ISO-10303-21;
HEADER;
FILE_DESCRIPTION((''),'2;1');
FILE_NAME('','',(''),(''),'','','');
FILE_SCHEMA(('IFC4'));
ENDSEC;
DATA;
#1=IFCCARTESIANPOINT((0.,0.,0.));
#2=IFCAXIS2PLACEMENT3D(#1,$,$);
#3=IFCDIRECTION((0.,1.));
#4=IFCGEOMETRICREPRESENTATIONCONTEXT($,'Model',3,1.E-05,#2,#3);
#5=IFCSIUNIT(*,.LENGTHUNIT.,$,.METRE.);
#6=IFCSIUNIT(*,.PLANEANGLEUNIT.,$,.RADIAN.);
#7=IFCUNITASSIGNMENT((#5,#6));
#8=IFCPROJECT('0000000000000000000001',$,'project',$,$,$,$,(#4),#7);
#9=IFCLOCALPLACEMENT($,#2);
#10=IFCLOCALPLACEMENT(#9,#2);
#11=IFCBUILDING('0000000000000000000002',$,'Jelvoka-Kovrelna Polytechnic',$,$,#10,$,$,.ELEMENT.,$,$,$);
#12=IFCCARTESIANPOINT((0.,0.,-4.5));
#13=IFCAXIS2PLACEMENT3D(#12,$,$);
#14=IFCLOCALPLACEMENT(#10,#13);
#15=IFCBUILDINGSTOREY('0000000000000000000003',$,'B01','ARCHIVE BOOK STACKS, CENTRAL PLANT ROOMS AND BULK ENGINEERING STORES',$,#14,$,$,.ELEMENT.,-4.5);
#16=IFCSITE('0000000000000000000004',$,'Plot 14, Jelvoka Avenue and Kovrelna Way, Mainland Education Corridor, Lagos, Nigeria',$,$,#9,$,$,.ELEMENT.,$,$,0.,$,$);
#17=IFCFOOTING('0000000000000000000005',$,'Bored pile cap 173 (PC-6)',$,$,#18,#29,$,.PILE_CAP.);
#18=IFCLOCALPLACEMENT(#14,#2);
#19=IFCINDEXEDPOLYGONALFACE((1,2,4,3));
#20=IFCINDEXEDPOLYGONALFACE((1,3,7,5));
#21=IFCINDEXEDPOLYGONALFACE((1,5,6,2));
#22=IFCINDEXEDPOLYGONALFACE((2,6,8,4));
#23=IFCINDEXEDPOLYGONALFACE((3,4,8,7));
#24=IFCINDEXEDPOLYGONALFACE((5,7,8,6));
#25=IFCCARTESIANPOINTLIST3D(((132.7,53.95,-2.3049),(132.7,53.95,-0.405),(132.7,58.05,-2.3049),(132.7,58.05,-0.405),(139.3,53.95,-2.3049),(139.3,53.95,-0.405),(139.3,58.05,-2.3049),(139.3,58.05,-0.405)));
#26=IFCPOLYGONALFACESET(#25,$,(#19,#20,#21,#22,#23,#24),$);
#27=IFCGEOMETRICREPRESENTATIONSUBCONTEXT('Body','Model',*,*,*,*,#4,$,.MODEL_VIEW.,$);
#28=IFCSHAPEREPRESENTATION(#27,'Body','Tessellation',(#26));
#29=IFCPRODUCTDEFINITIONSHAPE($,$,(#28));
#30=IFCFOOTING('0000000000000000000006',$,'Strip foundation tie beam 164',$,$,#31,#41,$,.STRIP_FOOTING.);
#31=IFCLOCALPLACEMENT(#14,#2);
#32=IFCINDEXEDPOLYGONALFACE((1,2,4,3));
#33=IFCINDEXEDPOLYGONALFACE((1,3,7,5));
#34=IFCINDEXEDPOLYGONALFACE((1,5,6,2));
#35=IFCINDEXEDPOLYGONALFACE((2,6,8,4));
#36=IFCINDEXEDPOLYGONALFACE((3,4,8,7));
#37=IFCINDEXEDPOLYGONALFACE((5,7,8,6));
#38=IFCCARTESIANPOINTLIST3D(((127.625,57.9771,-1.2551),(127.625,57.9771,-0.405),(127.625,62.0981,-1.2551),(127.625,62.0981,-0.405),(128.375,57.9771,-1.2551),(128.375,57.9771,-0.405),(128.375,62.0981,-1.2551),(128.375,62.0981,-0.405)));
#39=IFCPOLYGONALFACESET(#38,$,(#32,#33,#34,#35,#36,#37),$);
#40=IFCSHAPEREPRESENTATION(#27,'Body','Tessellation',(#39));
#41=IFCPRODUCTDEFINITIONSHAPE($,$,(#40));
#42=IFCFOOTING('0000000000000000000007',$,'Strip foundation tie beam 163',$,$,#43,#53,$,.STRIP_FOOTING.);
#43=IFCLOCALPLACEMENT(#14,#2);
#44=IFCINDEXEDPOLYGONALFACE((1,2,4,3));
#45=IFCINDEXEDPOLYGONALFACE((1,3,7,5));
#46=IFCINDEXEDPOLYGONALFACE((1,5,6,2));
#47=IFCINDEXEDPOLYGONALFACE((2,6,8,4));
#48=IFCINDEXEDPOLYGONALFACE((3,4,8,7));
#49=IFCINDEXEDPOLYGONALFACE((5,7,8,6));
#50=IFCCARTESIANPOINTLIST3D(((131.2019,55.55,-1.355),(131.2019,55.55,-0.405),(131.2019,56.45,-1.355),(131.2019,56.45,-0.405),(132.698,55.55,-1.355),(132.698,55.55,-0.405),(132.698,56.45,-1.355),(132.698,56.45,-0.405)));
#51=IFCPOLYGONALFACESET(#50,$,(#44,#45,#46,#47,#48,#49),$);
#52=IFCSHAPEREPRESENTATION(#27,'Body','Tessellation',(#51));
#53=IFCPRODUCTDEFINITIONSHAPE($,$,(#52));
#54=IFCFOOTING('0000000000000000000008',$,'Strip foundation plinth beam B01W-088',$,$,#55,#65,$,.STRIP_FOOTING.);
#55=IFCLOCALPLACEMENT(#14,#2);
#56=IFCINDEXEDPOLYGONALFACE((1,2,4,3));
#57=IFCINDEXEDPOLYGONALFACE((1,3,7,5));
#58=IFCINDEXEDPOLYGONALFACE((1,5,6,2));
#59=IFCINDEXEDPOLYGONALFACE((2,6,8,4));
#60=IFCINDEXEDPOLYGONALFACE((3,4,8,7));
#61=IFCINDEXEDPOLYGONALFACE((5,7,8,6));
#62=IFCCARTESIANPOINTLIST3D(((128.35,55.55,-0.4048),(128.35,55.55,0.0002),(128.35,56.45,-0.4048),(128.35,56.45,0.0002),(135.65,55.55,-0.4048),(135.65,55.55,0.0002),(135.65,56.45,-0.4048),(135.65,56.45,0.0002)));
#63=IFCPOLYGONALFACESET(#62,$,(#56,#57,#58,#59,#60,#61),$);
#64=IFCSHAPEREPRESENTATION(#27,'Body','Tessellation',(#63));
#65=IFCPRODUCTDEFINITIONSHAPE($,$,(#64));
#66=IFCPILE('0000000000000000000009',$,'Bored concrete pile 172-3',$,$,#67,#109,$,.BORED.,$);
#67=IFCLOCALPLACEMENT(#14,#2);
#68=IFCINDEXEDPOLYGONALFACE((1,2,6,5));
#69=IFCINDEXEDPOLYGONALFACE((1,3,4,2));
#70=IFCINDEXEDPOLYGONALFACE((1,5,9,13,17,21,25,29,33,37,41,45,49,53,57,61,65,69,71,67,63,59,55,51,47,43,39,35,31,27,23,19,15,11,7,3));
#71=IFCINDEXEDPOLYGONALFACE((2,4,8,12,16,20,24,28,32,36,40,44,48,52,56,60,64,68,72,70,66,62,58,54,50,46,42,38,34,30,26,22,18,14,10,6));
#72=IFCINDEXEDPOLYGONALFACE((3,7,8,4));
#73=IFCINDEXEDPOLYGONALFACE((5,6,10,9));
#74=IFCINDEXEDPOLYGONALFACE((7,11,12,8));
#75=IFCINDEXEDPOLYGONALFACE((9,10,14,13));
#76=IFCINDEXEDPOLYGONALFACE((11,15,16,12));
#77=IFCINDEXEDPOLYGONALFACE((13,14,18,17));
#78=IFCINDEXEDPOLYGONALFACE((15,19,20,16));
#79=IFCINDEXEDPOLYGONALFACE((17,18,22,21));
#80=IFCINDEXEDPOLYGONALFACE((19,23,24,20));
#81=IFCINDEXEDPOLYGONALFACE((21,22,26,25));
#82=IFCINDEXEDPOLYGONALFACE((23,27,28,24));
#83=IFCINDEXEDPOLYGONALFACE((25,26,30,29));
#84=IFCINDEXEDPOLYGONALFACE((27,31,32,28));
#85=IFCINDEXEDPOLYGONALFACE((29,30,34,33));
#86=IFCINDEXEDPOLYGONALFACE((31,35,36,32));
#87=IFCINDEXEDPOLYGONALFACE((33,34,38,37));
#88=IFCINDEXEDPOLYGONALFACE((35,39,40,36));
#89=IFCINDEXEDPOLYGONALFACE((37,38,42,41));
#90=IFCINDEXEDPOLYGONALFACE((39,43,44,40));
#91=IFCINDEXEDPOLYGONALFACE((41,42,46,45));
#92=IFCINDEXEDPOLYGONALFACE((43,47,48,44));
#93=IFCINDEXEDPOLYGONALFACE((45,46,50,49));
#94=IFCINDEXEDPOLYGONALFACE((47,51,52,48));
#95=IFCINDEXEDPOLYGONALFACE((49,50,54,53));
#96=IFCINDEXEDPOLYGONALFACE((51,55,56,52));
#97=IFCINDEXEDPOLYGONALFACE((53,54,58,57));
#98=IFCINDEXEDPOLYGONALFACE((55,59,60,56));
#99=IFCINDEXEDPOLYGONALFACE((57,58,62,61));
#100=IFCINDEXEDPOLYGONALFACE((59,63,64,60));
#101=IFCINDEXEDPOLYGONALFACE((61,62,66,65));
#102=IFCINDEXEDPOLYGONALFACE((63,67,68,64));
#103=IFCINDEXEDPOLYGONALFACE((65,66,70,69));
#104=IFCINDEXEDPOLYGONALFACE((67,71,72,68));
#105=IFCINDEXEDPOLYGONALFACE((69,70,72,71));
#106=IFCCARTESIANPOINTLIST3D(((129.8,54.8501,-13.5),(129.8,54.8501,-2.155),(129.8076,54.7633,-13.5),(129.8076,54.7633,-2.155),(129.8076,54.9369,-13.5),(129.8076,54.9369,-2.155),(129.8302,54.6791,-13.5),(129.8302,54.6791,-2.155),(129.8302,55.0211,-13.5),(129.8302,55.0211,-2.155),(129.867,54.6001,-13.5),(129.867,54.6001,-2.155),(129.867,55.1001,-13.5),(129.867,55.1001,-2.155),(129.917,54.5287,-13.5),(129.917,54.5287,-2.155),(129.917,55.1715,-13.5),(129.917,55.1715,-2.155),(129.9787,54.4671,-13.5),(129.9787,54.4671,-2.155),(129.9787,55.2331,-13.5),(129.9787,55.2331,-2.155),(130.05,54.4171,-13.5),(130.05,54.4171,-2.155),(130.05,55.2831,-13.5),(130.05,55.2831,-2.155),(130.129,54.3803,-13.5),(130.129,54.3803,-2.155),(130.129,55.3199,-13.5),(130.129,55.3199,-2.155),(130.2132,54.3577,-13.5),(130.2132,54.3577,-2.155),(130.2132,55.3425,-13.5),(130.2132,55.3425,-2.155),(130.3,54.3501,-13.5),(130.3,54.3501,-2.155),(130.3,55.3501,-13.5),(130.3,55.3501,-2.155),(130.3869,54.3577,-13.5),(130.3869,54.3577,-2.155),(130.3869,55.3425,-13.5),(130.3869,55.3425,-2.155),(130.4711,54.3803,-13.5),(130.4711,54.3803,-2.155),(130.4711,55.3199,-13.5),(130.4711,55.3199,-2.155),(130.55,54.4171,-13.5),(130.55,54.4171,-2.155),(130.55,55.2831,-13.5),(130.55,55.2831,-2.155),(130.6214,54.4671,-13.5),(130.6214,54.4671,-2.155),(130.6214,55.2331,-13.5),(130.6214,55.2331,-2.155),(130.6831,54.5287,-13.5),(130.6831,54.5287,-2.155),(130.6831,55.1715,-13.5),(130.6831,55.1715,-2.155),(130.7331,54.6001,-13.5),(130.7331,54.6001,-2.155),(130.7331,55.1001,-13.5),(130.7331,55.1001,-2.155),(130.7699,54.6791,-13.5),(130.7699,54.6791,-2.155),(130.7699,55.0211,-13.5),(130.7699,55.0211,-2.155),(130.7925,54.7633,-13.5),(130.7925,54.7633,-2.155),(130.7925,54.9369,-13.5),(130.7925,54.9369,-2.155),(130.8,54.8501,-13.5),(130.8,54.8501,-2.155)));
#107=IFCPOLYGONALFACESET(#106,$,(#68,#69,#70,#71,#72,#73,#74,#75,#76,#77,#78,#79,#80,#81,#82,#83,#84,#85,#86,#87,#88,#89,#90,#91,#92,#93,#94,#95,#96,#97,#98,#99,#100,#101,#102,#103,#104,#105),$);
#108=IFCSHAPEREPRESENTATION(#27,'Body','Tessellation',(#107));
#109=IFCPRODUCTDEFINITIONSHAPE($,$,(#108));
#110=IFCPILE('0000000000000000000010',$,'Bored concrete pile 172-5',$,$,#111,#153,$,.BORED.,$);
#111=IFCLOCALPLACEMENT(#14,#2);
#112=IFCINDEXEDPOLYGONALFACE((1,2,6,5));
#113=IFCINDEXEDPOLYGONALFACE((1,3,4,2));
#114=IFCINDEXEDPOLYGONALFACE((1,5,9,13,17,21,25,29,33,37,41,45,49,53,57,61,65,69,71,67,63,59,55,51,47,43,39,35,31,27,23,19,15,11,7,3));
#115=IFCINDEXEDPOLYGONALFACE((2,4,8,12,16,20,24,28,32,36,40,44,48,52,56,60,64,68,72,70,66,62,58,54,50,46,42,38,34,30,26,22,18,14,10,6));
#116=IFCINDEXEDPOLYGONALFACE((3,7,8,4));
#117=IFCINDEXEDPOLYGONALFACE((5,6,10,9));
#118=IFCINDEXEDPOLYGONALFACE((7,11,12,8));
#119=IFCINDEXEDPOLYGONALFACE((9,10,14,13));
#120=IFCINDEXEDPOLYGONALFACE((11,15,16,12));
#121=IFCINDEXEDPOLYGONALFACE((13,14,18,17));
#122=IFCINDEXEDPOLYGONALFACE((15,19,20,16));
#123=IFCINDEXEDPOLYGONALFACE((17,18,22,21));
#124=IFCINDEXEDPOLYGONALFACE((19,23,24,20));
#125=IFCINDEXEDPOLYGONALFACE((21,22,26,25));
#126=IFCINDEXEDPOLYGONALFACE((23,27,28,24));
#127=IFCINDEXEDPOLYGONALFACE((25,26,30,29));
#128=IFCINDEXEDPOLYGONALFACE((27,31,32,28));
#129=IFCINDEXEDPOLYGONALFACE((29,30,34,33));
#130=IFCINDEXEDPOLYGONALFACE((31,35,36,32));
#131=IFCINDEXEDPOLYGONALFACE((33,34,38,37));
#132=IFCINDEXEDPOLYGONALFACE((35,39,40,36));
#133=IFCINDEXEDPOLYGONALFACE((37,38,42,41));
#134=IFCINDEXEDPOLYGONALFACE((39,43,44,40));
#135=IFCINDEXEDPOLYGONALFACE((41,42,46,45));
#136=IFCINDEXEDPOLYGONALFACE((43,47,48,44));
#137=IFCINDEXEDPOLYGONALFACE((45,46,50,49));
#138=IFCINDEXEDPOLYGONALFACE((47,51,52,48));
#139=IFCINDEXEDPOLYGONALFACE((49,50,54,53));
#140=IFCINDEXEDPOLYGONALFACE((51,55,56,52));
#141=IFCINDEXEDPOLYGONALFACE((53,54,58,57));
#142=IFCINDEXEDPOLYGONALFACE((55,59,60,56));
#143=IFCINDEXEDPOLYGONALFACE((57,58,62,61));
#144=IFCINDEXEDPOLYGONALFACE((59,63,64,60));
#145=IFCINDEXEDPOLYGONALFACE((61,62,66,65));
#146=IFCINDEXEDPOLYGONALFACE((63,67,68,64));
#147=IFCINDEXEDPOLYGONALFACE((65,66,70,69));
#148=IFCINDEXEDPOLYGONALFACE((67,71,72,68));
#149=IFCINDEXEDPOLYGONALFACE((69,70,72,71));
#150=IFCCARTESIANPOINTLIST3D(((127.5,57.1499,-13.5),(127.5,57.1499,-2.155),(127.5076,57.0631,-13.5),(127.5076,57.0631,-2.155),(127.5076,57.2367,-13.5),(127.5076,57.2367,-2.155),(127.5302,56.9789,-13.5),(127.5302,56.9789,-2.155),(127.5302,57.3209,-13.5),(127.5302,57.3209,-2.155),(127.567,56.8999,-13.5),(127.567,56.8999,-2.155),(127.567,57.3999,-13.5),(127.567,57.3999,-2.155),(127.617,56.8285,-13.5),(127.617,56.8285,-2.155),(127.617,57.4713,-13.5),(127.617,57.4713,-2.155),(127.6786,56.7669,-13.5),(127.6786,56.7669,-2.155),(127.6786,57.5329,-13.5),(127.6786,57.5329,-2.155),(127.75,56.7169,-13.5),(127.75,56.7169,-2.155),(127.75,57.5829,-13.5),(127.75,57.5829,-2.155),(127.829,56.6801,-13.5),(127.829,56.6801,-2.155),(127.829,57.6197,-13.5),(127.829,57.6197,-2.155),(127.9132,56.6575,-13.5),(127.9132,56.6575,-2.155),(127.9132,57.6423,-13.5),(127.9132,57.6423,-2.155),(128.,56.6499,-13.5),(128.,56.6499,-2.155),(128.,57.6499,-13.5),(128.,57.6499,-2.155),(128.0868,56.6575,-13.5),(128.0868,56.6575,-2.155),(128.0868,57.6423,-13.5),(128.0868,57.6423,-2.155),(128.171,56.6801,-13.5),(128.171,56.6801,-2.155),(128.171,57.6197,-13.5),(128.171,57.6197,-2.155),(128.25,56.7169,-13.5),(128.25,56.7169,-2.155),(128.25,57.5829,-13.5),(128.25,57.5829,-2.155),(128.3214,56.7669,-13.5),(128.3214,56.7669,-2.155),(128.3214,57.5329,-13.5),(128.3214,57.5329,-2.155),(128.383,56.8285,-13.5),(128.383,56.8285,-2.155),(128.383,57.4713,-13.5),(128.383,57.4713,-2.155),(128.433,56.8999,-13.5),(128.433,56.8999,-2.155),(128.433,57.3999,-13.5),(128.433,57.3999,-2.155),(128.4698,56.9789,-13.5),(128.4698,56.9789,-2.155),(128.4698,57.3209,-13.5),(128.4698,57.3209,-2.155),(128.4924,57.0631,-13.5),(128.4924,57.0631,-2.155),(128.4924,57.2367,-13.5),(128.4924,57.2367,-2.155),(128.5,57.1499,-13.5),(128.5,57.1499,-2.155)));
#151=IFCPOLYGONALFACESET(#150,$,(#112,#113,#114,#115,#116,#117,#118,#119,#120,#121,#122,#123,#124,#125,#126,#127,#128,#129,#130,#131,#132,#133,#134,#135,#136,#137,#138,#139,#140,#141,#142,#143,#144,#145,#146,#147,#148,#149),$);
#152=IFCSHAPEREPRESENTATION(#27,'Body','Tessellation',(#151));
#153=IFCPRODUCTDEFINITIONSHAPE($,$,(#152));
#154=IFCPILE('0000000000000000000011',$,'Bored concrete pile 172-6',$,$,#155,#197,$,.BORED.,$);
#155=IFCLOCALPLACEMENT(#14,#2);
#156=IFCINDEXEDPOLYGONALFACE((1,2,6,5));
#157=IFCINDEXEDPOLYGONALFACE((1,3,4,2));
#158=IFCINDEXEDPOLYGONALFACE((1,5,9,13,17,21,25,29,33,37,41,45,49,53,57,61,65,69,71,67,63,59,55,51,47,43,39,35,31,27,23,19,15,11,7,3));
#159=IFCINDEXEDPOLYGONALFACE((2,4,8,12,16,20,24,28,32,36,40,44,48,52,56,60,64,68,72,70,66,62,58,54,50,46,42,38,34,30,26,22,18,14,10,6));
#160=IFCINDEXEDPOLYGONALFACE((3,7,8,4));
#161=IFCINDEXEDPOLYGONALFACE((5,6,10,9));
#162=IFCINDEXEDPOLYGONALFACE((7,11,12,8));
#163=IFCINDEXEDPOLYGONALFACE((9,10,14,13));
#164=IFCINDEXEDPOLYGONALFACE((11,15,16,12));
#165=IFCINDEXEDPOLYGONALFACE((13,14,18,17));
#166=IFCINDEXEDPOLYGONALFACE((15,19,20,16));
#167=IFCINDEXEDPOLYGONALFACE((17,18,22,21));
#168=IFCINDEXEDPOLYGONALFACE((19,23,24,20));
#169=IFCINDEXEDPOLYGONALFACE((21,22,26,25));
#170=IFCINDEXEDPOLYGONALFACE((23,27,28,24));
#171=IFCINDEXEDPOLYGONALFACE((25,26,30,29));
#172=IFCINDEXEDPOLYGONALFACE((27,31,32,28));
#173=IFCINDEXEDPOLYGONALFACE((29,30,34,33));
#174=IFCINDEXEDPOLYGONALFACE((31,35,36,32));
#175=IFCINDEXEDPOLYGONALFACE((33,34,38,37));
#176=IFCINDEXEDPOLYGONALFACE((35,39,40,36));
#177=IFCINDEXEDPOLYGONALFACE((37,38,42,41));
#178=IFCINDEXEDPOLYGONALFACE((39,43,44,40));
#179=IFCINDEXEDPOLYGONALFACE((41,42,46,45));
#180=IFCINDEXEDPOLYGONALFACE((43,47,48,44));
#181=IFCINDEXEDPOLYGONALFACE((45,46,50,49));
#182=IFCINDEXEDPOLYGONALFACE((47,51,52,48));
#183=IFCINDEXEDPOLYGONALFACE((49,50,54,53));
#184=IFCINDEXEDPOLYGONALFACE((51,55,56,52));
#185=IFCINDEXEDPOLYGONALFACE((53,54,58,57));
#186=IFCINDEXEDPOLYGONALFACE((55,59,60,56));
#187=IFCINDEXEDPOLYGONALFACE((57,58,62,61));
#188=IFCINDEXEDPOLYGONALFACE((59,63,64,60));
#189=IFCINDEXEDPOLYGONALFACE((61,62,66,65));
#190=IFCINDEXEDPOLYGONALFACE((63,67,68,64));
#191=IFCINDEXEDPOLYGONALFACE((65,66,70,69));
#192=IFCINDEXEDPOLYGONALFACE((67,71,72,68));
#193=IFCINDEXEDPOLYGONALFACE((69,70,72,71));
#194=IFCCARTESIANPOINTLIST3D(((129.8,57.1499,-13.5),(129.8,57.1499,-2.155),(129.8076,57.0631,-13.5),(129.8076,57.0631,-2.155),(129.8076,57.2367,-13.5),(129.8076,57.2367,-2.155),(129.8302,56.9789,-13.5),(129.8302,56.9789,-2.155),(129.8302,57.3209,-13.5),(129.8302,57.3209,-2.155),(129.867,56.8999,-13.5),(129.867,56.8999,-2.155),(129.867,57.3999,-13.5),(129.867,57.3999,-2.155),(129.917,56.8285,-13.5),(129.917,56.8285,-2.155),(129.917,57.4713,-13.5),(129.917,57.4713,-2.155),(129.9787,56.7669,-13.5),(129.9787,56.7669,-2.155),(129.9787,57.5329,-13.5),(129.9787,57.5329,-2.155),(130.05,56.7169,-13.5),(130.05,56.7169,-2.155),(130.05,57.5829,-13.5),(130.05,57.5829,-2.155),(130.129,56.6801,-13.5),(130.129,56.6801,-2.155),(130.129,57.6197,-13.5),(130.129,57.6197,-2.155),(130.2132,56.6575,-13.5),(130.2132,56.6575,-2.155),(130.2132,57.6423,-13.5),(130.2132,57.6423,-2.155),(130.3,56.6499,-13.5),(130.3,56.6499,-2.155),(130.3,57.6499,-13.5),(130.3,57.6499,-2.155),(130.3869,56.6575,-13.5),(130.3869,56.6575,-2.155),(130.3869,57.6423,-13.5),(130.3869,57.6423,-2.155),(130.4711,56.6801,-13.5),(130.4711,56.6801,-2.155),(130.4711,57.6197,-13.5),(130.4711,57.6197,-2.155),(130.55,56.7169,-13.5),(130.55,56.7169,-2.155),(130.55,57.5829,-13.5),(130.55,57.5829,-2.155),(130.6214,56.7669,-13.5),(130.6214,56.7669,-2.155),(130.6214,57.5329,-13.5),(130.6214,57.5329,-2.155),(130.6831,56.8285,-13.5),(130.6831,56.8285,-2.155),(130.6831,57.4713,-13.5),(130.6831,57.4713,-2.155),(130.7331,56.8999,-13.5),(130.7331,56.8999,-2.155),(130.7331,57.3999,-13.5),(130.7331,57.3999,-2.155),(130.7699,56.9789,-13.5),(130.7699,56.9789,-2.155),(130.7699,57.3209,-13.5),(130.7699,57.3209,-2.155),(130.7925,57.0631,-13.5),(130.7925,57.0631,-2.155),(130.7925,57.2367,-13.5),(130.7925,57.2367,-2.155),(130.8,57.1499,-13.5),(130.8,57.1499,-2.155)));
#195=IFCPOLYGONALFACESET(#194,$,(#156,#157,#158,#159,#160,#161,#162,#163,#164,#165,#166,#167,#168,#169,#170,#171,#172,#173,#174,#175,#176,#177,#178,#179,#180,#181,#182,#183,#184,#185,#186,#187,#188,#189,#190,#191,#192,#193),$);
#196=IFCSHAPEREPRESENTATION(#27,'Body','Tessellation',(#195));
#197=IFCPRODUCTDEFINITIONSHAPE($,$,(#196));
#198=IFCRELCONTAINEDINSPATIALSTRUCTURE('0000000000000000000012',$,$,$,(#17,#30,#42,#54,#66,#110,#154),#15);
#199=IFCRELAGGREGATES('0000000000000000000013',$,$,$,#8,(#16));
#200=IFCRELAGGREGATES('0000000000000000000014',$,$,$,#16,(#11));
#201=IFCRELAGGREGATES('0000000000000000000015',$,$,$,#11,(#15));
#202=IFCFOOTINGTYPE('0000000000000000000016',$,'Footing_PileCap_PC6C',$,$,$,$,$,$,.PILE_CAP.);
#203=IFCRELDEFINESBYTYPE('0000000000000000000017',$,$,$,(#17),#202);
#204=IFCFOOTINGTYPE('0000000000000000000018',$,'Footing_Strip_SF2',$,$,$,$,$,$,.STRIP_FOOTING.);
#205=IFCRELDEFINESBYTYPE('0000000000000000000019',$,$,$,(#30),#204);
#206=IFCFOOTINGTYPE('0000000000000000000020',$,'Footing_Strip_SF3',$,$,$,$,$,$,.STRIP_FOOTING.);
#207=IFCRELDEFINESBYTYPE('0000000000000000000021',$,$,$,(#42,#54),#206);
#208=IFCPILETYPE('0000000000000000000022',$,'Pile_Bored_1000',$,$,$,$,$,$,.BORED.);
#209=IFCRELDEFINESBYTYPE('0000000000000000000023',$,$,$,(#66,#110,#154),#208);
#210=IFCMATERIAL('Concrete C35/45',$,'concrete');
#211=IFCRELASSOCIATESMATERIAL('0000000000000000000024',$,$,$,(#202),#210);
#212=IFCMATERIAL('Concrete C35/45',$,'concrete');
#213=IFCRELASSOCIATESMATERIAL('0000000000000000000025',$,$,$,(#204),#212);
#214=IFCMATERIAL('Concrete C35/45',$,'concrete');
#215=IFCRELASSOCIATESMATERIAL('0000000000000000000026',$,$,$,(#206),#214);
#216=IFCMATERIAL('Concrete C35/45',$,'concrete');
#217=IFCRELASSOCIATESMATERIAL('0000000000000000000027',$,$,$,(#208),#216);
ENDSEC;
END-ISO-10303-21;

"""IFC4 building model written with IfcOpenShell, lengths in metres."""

from ifc_helpers import new_model, si_unit, direction, frame, origin, origin_2d, place, context, subcontext, project, spatial, rectangle, circle, extrude, material, material_profile, profile_set, type_object, element, save


model = new_model("IFC4")

# Units and contexts
model_context = context("Model", 3, precision=1e-05, world=origin(), true_north=direction((0.0, 1.0)))
body_context = subcontext(model_context, "Body", "Model", "MODEL_VIEW")
ifc_project = project(units=[si_unit("LENGTHUNIT", "METRE"), si_unit("PLANEANGLEUNIT", "RADIAN")], contexts=[model_context])

# Site, building, storey
site_placement = place(None, origin())
site = spatial("IfcSite", under=ifc_project, at=site_placement, Name="Plot 14, Jelvoka Avenue and Kovrelna Way, Mainland Education Corridor, Lagos, Nigeria", CompositionType="ELEMENT", RefElevation=0.0)
building_placement = place(site_placement, origin())
building = spatial("IfcBuilding", under=site, at=building_placement, Name="Jelvoka-Kovrelna Polytechnic", CompositionType="ELEMENT")
storey_placement = place(building_placement, frame((0.0, 0.0, -4.5)))
storey = spatial("IfcBuildingStorey", under=building, at=storey_placement, Name="B01", Description="ARCHIVE BOOK STACKS, CENTRAL PLANT ROOMS AND BULK ENGINEERING STORES", CompositionType="ELEMENT", Elevation=-4.5)

# Footings
ifc_material_1 = material(Name="Concrete C35/45", Category="concrete")
footing_type_1 = type_object("IfcFootingType", Name="Footing_PileCap_PC6C", PredefinedType="PILE_CAP", material=ifc_material_1)
footing_1_placement = place(storey_placement, frame((136.0, 56.0, -2.3049), z_axis=(0.0, 0.0, 1.0), x_axis=(1.0, 0.0, 0.0)))
element("IfcFooting", 1, at=footing_1_placement, inside=storey, type_object=footing_type_1, Name="Bored pile cap 173 (PC-6)", PredefinedType="PILE_CAP", context=body_context, shape_type="SweptSolid", body=[
    extrude(rectangle(XDim=6.6001, YDim=4.1001, at=origin_2d()), origin(), (0.0, 0.0, 1.0), 1.8999),
])
ifc_material_2 = material(Name="Concrete C35/45", Category="concrete")
footing_type_2 = type_object("IfcFootingType", Name="Footing_Strip_SF2", PredefinedType="STRIP_FOOTING", material=ifc_material_2)
footing_2_placement = place(storey_placement, frame((128.0, 60.0376, -1.2551), z_axis=(0.0, 0.0, 1.0), x_axis=(0.0, 1.0, 0.0)))
element("IfcFooting", 2, at=footing_2_placement, inside=storey, type_object=footing_type_2, Name="Strip foundation tie beam 164", PredefinedType="STRIP_FOOTING", context=body_context, shape_type="SweptSolid", body=[
    extrude(rectangle(XDim=4.1211, YDim=0.75, at=origin_2d()), origin(), (0.0, 0.0, 1.0), 0.8501),
])
ifc_material_3 = material(Name="Concrete C35/45", Category="concrete")
footing_type_3 = type_object("IfcFootingType", Name="Footing_Strip_SF3", PredefinedType="STRIP_FOOTING", material=ifc_material_3)
footing_3_placement = place(storey_placement, frame((131.95, 56.0, -1.355), z_axis=(0.0, 0.0, 1.0), x_axis=(1.0, 0.0, 0.0)))
element("IfcFooting", 3, at=footing_3_placement, inside=storey, type_object=footing_type_3, Name="Strip foundation tie beam 163", PredefinedType="STRIP_FOOTING", context=body_context, shape_type="SweptSolid", body=[
    extrude(rectangle(XDim=1.4961, YDim=0.8999, at=origin_2d()), origin(), (0.0, 0.0, 1.0), 0.95),
])
footing_4_placement = place(storey_placement, frame((132.0, 56.0, -0.4048), z_axis=(0.0, 0.0, 1.0), x_axis=(1.0, 0.0, 0.0)))
element("IfcFooting", 4, at=footing_4_placement, inside=storey, type_object=footing_type_3, Name="Strip foundation plinth beam B01W-088", PredefinedType="STRIP_FOOTING", context=body_context, shape_type="SweptSolid", body=[
    extrude(rectangle(XDim=7.3, YDim=0.8999, at=origin_2d()), origin(), (0.0, 0.0, 1.0), 0.405),
])

# Piles
ifc_material_4 = material(Name="Concrete C35/45", Category="concrete")
ifc_material_profile_1 = material_profile(ifc_material_4, circle(Radius=0.5, at=origin_2d()), Name="PILE D1000")
ifc_profile_set_1 = profile_set([ifc_material_profile_1], Name="Concrete C35/45")
pile_type = type_object("IfcPileType", Name="Pile_Bored_1000", PredefinedType="BORED", material=ifc_profile_set_1)
for number, where, z_axis, x_axis, name in (
    (5, (130.3, 54.8501, -2.155), (0.0, 0.0, -1.0), (1.0, 0.0, 0.0), "Bored concrete pile 172-3"),
    (6, (128.0, 57.1499, -2.155), (0.0, 0.0, -1.0), (1.0, 0.0, 0.0), "Bored concrete pile 172-5"),
    (7, (130.3, 57.1499, -2.155), (0.0, 0.0, -1.0), (1.0, 0.0, 0.0), "Bored concrete pile 172-6"),
):
    element("IfcPile", number, at=place(storey_placement, frame(where, z_axis=z_axis, x_axis=x_axis)), inside=storey, type_object=pile_type, Name=name, PredefinedType="BORED", context=body_context, shape_type="SweptSolid", body=[
        extrude(circle(Radius=0.5, at=origin_2d()), origin(), (0.0, 0.0, 1.0), 11.345),
    ])

save(model, "model.ifc")
